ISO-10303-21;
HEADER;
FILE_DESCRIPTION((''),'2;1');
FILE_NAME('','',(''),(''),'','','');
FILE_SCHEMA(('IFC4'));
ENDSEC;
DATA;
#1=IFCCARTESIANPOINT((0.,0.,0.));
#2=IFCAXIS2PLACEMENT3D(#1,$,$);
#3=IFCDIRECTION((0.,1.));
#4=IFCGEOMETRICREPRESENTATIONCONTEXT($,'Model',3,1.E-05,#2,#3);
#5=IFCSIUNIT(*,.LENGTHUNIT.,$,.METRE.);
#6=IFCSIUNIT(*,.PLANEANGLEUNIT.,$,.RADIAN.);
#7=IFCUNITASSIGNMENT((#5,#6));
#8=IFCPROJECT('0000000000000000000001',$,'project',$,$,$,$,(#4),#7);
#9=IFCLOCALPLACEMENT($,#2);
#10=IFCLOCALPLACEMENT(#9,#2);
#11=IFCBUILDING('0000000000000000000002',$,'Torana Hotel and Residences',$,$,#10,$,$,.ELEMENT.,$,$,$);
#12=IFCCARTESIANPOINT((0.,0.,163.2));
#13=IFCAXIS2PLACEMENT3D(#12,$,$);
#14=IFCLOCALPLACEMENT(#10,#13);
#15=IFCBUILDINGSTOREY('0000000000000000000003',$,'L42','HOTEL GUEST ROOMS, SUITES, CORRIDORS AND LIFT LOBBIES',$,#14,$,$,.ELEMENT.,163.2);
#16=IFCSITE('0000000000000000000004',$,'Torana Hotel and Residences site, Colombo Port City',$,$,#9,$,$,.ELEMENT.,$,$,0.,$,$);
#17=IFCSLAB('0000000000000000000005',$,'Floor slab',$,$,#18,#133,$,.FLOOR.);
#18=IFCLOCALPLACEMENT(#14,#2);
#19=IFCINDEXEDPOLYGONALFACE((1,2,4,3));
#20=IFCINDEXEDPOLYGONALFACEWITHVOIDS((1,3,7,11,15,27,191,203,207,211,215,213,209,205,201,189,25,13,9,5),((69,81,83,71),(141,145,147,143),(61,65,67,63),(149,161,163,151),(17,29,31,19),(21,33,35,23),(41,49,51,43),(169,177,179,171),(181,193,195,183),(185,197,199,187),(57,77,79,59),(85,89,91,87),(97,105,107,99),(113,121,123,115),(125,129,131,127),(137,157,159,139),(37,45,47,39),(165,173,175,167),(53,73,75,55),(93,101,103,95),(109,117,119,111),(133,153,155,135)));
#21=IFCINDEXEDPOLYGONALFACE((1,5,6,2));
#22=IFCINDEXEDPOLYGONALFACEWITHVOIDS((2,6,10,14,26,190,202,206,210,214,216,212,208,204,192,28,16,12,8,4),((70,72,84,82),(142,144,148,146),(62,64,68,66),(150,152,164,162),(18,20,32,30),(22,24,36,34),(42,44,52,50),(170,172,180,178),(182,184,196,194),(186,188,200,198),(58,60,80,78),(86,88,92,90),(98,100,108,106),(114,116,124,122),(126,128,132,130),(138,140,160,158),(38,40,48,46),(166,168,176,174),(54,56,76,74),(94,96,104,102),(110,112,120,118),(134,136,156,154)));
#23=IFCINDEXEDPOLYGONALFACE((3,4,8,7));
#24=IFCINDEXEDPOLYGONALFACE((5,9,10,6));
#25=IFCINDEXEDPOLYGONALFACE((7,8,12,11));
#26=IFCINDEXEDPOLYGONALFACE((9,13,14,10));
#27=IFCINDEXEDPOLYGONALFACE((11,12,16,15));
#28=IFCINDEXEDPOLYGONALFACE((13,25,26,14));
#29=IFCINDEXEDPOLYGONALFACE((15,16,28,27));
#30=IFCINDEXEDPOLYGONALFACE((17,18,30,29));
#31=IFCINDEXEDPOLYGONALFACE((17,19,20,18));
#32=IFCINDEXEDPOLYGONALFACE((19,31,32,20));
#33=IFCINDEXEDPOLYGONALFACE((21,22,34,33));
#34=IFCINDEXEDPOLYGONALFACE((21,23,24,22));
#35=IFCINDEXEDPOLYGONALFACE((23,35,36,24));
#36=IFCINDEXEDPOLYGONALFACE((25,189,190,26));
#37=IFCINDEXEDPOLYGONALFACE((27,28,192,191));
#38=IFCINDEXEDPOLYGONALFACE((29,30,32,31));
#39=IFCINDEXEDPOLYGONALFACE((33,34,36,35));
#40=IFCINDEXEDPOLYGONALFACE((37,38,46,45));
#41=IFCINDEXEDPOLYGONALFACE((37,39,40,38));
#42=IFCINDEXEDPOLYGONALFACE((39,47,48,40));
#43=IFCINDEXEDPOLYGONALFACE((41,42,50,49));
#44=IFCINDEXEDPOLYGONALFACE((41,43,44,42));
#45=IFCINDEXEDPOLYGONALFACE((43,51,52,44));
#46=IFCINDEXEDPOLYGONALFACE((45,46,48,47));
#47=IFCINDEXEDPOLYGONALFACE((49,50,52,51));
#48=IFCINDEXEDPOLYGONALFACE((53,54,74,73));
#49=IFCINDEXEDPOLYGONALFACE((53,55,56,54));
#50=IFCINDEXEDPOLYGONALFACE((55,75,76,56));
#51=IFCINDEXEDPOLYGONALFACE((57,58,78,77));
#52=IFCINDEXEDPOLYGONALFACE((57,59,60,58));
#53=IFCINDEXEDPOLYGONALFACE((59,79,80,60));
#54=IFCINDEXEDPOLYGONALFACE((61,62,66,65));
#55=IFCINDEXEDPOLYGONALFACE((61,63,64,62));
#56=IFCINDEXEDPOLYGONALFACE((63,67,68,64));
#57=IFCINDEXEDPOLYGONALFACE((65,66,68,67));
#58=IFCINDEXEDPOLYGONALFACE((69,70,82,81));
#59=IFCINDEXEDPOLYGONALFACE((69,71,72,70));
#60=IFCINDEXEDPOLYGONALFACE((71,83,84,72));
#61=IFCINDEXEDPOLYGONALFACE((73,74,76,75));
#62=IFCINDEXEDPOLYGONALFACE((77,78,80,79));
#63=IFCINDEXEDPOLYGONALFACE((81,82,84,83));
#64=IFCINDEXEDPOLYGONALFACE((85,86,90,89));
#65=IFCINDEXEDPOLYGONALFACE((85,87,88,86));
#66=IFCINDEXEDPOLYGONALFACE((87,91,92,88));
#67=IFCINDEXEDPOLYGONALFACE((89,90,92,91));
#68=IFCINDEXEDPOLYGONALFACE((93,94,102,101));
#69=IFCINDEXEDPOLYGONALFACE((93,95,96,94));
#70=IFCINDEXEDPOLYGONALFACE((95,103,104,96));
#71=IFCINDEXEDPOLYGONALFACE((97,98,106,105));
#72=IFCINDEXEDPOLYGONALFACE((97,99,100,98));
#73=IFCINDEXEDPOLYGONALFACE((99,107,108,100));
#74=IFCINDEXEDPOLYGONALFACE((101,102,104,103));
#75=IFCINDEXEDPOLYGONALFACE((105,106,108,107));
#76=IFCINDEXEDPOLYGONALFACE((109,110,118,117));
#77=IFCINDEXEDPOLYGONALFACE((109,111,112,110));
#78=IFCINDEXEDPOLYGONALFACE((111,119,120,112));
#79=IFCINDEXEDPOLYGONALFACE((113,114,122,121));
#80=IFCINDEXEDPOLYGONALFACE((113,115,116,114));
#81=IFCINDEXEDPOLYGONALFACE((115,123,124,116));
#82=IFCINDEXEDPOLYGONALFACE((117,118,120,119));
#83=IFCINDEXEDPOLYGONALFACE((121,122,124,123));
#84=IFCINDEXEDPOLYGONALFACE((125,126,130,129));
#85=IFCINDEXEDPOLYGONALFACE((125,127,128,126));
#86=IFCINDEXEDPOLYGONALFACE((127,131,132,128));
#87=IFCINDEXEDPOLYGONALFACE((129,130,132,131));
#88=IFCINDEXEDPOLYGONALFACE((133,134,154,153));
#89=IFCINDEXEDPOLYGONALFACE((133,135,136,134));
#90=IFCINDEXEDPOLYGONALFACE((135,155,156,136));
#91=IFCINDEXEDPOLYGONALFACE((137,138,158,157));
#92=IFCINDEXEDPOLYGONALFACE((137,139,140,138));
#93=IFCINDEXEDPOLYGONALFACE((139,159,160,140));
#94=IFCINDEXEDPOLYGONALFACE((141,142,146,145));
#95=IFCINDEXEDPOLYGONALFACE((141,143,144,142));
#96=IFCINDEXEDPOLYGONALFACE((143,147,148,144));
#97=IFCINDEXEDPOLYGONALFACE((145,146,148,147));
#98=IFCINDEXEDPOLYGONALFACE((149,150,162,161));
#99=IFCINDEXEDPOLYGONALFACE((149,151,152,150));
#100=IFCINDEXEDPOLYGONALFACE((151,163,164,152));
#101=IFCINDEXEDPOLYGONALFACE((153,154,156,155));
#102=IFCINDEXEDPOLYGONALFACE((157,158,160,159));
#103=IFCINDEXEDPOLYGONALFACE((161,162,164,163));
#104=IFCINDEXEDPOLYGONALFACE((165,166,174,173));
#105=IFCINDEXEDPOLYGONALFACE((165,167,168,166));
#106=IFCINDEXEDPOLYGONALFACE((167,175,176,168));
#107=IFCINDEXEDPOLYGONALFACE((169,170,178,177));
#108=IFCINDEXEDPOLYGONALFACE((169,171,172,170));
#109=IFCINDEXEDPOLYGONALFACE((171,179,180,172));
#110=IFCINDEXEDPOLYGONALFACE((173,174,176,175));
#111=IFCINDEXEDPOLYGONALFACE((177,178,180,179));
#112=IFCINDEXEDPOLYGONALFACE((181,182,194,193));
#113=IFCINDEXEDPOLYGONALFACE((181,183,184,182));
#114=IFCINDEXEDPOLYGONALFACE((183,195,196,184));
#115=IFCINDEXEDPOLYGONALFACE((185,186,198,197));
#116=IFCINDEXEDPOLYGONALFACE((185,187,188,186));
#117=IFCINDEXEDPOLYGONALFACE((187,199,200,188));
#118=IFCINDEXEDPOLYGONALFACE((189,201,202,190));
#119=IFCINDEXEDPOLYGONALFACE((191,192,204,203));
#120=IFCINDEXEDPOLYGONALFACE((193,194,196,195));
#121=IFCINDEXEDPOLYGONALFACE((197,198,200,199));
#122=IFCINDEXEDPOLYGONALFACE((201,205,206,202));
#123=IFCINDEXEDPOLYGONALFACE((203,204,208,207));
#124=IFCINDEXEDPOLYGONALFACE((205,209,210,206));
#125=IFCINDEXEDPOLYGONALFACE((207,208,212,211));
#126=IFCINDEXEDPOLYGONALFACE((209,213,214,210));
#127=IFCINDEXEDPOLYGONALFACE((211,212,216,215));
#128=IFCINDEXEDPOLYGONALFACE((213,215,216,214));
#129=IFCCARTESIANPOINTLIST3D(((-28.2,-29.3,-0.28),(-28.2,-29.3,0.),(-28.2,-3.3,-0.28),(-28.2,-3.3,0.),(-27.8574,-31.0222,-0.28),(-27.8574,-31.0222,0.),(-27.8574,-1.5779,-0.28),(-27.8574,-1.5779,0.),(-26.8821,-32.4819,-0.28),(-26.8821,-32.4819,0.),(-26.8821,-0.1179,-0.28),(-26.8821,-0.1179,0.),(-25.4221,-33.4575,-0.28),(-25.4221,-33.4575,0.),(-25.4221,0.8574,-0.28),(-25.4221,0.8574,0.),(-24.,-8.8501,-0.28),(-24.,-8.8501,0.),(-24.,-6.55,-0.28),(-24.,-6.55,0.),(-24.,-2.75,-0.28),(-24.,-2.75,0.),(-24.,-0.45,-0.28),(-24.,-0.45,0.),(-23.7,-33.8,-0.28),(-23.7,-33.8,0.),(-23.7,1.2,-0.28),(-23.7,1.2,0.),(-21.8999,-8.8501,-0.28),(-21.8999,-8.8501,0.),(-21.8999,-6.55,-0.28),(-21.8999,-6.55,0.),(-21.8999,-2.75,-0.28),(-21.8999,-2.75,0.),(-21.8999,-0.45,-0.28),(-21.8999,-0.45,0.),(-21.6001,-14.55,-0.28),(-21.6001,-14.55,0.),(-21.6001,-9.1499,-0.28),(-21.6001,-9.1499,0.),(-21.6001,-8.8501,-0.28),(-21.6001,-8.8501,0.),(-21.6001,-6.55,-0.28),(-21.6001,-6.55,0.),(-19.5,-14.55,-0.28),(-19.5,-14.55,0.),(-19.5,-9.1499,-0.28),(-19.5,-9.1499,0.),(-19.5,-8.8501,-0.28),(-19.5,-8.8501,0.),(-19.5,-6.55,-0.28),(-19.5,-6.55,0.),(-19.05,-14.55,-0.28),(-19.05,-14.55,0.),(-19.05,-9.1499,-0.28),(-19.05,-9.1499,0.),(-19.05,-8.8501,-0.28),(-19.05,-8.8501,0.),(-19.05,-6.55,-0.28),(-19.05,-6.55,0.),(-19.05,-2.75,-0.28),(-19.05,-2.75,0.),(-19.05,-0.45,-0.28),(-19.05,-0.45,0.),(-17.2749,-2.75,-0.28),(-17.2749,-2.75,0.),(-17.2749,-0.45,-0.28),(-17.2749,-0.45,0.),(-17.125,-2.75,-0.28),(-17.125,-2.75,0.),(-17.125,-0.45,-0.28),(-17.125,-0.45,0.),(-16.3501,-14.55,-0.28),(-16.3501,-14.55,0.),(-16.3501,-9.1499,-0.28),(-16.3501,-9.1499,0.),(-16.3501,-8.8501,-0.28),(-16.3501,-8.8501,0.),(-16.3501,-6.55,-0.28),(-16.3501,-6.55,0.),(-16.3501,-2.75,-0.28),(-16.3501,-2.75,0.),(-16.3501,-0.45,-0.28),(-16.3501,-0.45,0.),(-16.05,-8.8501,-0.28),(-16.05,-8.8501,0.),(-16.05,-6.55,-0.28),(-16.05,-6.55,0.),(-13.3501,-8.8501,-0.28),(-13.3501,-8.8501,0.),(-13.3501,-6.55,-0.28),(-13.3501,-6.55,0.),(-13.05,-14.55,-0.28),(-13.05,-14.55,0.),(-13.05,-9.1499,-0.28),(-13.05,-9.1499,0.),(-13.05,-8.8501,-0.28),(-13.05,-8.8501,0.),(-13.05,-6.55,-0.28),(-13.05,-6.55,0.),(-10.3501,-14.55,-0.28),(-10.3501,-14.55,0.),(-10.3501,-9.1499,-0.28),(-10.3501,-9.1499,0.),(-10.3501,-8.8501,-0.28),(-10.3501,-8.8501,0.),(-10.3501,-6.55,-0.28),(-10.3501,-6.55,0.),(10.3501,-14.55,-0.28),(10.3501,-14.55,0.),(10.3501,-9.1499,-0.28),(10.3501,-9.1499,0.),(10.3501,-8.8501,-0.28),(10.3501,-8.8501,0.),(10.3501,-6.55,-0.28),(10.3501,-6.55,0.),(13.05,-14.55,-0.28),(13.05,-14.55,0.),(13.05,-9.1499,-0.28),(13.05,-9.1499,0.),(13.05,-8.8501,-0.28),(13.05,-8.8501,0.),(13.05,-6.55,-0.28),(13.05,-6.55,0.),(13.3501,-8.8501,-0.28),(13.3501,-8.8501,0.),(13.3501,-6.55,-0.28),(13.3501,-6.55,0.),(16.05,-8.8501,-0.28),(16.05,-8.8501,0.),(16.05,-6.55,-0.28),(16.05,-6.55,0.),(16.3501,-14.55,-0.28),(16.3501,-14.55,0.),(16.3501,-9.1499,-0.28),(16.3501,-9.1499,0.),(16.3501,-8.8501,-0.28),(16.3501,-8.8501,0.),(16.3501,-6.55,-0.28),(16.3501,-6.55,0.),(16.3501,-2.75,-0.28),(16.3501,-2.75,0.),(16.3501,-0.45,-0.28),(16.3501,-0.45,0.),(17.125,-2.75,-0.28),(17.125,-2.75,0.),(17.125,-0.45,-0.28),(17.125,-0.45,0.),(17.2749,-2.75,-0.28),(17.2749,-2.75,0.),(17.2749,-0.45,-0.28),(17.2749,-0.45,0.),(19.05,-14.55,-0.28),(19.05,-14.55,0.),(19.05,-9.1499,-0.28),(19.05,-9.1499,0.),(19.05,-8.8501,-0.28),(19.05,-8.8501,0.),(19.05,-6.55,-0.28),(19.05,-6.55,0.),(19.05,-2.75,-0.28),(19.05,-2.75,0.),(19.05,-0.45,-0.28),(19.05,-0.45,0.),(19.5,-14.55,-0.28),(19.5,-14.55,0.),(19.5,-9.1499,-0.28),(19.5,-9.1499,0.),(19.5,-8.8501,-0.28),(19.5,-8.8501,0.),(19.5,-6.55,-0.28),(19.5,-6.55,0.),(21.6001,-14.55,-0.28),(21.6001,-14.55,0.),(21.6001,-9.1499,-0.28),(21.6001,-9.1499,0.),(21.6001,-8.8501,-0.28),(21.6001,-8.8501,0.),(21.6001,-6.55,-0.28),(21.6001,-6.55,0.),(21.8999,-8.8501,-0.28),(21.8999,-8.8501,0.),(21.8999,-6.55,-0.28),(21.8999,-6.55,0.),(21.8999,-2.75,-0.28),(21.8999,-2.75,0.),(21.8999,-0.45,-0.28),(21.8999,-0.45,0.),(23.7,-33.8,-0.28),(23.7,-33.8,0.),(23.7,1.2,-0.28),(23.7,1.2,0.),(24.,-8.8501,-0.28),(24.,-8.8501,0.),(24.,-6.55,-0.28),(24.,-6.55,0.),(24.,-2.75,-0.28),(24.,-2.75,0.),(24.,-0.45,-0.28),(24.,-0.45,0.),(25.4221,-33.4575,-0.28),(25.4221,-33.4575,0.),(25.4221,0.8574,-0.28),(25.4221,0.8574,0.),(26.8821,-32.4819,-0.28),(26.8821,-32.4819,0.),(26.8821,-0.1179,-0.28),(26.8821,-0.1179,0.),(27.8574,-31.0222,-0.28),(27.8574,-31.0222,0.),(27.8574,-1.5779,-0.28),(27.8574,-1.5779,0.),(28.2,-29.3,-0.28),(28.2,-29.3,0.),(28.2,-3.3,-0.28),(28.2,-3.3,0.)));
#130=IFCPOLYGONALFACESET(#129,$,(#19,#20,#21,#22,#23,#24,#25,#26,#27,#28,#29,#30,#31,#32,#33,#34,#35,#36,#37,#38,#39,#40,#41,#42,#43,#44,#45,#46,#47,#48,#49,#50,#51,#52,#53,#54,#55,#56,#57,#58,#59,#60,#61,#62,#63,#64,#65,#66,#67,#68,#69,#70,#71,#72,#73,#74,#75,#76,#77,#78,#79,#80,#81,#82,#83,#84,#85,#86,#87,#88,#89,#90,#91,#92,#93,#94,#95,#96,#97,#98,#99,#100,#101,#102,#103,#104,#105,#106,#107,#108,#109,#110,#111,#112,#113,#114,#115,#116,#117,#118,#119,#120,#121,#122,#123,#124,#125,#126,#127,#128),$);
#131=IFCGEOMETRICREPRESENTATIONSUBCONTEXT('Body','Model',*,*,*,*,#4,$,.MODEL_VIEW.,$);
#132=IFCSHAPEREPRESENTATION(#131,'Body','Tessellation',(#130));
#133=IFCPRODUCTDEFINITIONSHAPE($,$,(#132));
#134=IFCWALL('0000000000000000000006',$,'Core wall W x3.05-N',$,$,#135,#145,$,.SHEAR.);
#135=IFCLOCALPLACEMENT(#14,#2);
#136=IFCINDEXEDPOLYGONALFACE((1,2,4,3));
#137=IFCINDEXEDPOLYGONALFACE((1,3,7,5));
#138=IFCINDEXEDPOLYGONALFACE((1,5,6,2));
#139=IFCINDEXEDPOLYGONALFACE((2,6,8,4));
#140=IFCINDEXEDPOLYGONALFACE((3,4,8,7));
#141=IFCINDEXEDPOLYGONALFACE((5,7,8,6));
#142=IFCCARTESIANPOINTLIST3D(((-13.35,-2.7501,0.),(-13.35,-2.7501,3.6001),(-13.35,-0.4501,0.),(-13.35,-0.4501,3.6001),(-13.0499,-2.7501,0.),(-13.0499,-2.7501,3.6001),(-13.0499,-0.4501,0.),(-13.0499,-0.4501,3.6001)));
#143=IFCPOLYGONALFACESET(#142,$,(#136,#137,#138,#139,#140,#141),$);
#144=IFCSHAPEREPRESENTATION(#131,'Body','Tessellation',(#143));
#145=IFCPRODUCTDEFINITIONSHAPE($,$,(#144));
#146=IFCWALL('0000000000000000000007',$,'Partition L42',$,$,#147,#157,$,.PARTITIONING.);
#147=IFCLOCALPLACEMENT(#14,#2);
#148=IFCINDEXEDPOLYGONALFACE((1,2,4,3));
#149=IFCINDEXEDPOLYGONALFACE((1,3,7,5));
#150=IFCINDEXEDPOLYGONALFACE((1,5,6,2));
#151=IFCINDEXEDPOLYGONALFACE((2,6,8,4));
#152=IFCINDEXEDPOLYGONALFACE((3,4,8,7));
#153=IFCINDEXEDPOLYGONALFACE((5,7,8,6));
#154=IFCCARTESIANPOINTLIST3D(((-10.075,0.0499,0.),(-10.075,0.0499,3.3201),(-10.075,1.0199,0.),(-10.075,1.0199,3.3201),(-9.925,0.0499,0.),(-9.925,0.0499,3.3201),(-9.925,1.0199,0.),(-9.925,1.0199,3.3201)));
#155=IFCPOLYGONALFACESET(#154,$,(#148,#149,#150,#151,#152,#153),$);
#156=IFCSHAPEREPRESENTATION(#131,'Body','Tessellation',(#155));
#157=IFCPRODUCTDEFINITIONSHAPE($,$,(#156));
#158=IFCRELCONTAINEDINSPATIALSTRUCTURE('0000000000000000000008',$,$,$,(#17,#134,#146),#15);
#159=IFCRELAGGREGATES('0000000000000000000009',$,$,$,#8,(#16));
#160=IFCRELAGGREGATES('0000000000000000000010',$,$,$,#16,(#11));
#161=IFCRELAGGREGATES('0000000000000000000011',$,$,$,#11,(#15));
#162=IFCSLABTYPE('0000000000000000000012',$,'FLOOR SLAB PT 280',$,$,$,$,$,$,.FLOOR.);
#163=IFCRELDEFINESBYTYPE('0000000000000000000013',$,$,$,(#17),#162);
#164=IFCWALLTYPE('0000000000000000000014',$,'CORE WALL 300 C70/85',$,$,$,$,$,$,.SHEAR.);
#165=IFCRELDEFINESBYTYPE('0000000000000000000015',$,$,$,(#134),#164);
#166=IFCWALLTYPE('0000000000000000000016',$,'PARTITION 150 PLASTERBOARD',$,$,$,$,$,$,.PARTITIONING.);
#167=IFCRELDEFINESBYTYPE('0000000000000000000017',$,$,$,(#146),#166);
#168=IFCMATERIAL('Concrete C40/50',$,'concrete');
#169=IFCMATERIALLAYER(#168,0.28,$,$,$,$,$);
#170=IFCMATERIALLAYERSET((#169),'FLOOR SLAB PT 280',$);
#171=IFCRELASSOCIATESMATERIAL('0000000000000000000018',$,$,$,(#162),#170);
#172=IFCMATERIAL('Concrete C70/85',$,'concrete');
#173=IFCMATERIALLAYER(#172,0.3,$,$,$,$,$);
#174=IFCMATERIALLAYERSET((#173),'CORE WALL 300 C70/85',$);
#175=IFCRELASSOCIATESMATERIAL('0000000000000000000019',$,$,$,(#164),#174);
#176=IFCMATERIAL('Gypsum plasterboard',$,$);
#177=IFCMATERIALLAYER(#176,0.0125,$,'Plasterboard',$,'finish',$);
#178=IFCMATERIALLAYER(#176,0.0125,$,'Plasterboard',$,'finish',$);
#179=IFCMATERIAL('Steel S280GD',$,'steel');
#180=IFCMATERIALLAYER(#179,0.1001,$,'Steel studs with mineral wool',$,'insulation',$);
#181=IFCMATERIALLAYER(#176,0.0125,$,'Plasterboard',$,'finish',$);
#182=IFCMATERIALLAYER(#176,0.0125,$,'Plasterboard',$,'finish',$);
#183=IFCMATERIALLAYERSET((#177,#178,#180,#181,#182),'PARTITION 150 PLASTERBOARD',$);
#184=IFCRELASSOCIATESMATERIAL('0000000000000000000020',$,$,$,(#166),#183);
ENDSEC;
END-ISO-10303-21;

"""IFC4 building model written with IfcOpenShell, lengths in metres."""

from ifc_helpers import new_model, si_unit, direction, frame, frame_2d, origin, place, context, subcontext, project, spatial, polyline, rectangle, outline, extrude, material, layer, layer_set, type_object, element, save


model = new_model("IFC4")

# Units and contexts
model_context = context("Model", 3, precision=1e-05, world=origin(), true_north=direction((0.0, 1.0)))
body_context = subcontext(model_context, "Body", "Model", "MODEL_VIEW")
ifc_project = project(units=[si_unit("LENGTHUNIT", "METRE"), si_unit("PLANEANGLEUNIT", "RADIAN")], contexts=[model_context])

# Site, building, storey
site_placement = place(None, origin())
site = spatial("IfcSite", under=ifc_project, at=site_placement, Name="Torana Hotel and Residences site, Colombo Port City", CompositionType="ELEMENT", RefElevation=0.0)
building_placement = place(site_placement, origin())
building = spatial("IfcBuilding", under=site, at=building_placement, Name="Torana Hotel and Residences", CompositionType="ELEMENT")
storey_placement = place(building_placement, frame((0.0, 0.0, 163.2)))
storey = spatial("IfcBuildingStorey", under=building, at=storey_placement, Name="L42", Description="HOTEL GUEST ROOMS, SUITES, CORRIDORS AND LIFT LOBBIES", CompositionType="ELEMENT", Elevation=163.2)

# Slab
ifc_material_1 = material(Name="Concrete C40/50", Category="concrete")
ifc_layer_1 = layer(ifc_material_1, 0.28)
ifc_layer_set_1 = layer_set([ifc_layer_1], Name="FLOOR SLAB PT 280")
slab_type_1 = type_object("IfcSlabType", Name="FLOOR SLAB PT 280", PredefinedType="FLOOR", material=ifc_layer_set_1)
slab_1_placement = place(storey_placement, frame((0.0, 0.0, -0.28)))
element("IfcSlab", 1, at=slab_1_placement, inside=storey, type_object=slab_type_1, Name="Floor slab", PredefinedType="FLOOR", context=body_context, shape_type="SweptSolid", body=[
    extrude(outline(polyline([(28.2, -3.3), (27.8574, -1.5779), (26.8821, -0.1179), (25.4221, 0.8574), (23.7, 1.2), (-23.7, 1.2), (-25.4221, 0.8574), (-26.8821, -0.1179), (-27.8574, -1.5779), (-28.2, -3.3), (-28.2, -29.3), (-27.8574, -31.0222), (-26.8821, -32.4819), (-25.4221, -33.4575), (-23.7, -33.8), (23.7, -33.8), (25.4221, -33.4575), (26.8821, -32.4819), (27.8574, -31.0222), (28.2, -29.3), (28.2, -3.3)]), holes=[polyline([(-13.05, -14.55), (-10.3501, -14.55), (-10.3501, -9.1499), (-13.05, -9.1499), (-13.05, -14.55)]), polyline([(-19.05, -14.55), (-16.3501, -14.55), (-16.3501, -9.1499), (-19.05, -9.1499), (-19.05, -14.55)]), polyline([(-17.125, -2.75), (-16.3501, -2.75), (-16.3501, -0.45), (-17.125, -0.45), (-17.125, -2.75)]), polyline([(-19.05, -2.75), (-17.2749, -2.75), (-17.2749, -0.45), (-19.05, -0.45), (-19.05, -2.75)]), polyline([(-21.6001, -8.8501), (-19.5, -8.8501), (-19.5, -6.55), (-21.6001, -6.55), (-21.6001, -8.8501)]), polyline([(-24.0, -2.75), (-21.8999, -2.75), (-21.8999, -0.45), (-24.0, -0.45), (-24.0, -2.75)]), polyline([(-24.0, -8.8501), (-21.8999, -8.8501), (-21.8999, -6.55), (-24.0, -6.55), (-24.0, -8.8501)]), polyline([(-13.05, -8.8501), (-10.3501, -8.8501), (-10.3501, -6.55), (-13.05, -6.55), (-13.05, -8.8501)]), polyline([(-16.05, -8.8501), (-13.3501, -8.8501), (-13.3501, -6.55), (-16.05, -6.55), (-16.05, -8.8501)]), polyline([(-19.05, -8.8501), (-16.3501, -8.8501), (-16.3501, -6.55), (-19.05, -6.55), (-19.05, -8.8501)]), polyline([(-21.6001, -14.55), (-19.5, -14.55), (-19.5, -9.1499), (-21.6001, -9.1499), (-21.6001, -14.55)]), polyline([(10.3501, -14.55), (13.05, -14.55), (13.05, -9.1499), (10.3501, -9.1499), (10.3501, -14.55)]), polyline([(16.3501, -14.55), (19.05, -14.55), (19.05, -9.1499), (16.3501, -9.1499), (16.3501, -14.55)]), polyline([(16.3501, -2.75), (17.125, -2.75), (17.125, -0.45), (16.3501, -0.45), (16.3501, -2.75)]), polyline([(17.2749, -2.75), (19.05, -2.75), (19.05, -0.45), (17.2749, -0.45), (17.2749, -2.75)]), polyline([(19.5, -8.8501), (21.6001, -8.8501), (21.6001, -6.55), (19.5, -6.55), (19.5, -8.8501)]), polyline([(21.8999, -2.75), (24.0, -2.75), (24.0, -0.45), (21.8999, -0.45), (21.8999, -2.75)]), polyline([(21.8999, -8.8501), (24.0, -8.8501), (24.0, -6.55), (21.8999, -6.55), (21.8999, -8.8501)]), polyline([(10.3501, -8.8501), (13.05, -8.8501), (13.05, -6.55), (10.3501, -6.55), (10.3501, -8.8501)]), polyline([(13.3501, -8.8501), (16.05, -8.8501), (16.05, -6.55), (13.3501, -6.55), (13.3501, -8.8501)]), polyline([(16.3501, -8.8501), (19.05, -8.8501), (19.05, -6.55), (16.3501, -6.55), (16.3501, -8.8501)]), polyline([(19.5, -14.55), (21.6001, -14.55), (21.6001, -9.1499), (19.5, -9.1499), (19.5, -14.55)])]), origin(), (0.0, 0.0, 1.0), 0.28),
])

# Walls
ifc_material_2 = material(Name="Concrete C70/85", Category="concrete")
ifc_layer_2 = layer(ifc_material_2, 0.3)
ifc_layer_set_2 = layer_set([ifc_layer_2], Name="CORE WALL 300 C70/85")
wall_type_1 = type_object("IfcWallType", Name="CORE WALL 300 C70/85", PredefinedType="SHEAR", material=ifc_layer_set_2)
wall_1_placement = place(storey_placement, frame((-13.2, -2.75, 0.0), z_axis=(0.0, 0.0, 1.0), x_axis=(0.0, 1.0, 0.0)))
element("IfcWall", 2, at=wall_1_placement, inside=storey, type_object=wall_type_1, Name="Core wall W x3.05-N", PredefinedType="SHEAR", context=body_context, shape_type="SweptSolid", body=[
    extrude(rectangle(XDim=2.3, YDim=0.3, at=frame_2d((1.1499, 0.0))), origin(), (0.0, 0.0, 1.0), 3.6001),
])
ifc_material_3 = material(Name="Gypsum plasterboard")
ifc_layer_3 = layer(ifc_material_3, 0.0125, Name="Plasterboard", Category="finish")
ifc_layer_4 = layer(ifc_material_3, 0.0125, Name="Plasterboard", Category="finish")
ifc_material_4 = material(Name="Steel S280GD", Category="steel")
ifc_layer_5 = layer(ifc_material_4, 0.1001, Name="Steel studs with mineral wool", Category="insulation")
ifc_layer_6 = layer(ifc_material_3, 0.0125, Name="Plasterboard", Category="finish")
ifc_layer_7 = layer(ifc_material_3, 0.0125, Name="Plasterboard", Category="finish")
ifc_layer_set_3 = layer_set([ifc_layer_3, ifc_layer_4, ifc_layer_5, ifc_layer_6, ifc_layer_7], Name="PARTITION 150 PLASTERBOARD")
wall_type_2 = type_object("IfcWallType", Name="PARTITION 150 PLASTERBOARD", PredefinedType="PARTITIONING", material=ifc_layer_set_3)
wall_2_placement = place(storey_placement, frame((-10.0, 0.05, 0.0), z_axis=(0.0, 0.0, 1.0), x_axis=(0.0, 1.0, 0.0)))
element("IfcWall", 3, at=wall_2_placement, inside=storey, type_object=wall_type_2, Name="Partition L42", PredefinedType="PARTITIONING", context=body_context, shape_type="SweptSolid", body=[
    extrude(rectangle(XDim=0.97, YDim=0.1499, at=frame_2d((0.4849, 0.0))), origin(), (0.0, 0.0, 1.0), 3.3201),
])

save(model, "model.ifc")
